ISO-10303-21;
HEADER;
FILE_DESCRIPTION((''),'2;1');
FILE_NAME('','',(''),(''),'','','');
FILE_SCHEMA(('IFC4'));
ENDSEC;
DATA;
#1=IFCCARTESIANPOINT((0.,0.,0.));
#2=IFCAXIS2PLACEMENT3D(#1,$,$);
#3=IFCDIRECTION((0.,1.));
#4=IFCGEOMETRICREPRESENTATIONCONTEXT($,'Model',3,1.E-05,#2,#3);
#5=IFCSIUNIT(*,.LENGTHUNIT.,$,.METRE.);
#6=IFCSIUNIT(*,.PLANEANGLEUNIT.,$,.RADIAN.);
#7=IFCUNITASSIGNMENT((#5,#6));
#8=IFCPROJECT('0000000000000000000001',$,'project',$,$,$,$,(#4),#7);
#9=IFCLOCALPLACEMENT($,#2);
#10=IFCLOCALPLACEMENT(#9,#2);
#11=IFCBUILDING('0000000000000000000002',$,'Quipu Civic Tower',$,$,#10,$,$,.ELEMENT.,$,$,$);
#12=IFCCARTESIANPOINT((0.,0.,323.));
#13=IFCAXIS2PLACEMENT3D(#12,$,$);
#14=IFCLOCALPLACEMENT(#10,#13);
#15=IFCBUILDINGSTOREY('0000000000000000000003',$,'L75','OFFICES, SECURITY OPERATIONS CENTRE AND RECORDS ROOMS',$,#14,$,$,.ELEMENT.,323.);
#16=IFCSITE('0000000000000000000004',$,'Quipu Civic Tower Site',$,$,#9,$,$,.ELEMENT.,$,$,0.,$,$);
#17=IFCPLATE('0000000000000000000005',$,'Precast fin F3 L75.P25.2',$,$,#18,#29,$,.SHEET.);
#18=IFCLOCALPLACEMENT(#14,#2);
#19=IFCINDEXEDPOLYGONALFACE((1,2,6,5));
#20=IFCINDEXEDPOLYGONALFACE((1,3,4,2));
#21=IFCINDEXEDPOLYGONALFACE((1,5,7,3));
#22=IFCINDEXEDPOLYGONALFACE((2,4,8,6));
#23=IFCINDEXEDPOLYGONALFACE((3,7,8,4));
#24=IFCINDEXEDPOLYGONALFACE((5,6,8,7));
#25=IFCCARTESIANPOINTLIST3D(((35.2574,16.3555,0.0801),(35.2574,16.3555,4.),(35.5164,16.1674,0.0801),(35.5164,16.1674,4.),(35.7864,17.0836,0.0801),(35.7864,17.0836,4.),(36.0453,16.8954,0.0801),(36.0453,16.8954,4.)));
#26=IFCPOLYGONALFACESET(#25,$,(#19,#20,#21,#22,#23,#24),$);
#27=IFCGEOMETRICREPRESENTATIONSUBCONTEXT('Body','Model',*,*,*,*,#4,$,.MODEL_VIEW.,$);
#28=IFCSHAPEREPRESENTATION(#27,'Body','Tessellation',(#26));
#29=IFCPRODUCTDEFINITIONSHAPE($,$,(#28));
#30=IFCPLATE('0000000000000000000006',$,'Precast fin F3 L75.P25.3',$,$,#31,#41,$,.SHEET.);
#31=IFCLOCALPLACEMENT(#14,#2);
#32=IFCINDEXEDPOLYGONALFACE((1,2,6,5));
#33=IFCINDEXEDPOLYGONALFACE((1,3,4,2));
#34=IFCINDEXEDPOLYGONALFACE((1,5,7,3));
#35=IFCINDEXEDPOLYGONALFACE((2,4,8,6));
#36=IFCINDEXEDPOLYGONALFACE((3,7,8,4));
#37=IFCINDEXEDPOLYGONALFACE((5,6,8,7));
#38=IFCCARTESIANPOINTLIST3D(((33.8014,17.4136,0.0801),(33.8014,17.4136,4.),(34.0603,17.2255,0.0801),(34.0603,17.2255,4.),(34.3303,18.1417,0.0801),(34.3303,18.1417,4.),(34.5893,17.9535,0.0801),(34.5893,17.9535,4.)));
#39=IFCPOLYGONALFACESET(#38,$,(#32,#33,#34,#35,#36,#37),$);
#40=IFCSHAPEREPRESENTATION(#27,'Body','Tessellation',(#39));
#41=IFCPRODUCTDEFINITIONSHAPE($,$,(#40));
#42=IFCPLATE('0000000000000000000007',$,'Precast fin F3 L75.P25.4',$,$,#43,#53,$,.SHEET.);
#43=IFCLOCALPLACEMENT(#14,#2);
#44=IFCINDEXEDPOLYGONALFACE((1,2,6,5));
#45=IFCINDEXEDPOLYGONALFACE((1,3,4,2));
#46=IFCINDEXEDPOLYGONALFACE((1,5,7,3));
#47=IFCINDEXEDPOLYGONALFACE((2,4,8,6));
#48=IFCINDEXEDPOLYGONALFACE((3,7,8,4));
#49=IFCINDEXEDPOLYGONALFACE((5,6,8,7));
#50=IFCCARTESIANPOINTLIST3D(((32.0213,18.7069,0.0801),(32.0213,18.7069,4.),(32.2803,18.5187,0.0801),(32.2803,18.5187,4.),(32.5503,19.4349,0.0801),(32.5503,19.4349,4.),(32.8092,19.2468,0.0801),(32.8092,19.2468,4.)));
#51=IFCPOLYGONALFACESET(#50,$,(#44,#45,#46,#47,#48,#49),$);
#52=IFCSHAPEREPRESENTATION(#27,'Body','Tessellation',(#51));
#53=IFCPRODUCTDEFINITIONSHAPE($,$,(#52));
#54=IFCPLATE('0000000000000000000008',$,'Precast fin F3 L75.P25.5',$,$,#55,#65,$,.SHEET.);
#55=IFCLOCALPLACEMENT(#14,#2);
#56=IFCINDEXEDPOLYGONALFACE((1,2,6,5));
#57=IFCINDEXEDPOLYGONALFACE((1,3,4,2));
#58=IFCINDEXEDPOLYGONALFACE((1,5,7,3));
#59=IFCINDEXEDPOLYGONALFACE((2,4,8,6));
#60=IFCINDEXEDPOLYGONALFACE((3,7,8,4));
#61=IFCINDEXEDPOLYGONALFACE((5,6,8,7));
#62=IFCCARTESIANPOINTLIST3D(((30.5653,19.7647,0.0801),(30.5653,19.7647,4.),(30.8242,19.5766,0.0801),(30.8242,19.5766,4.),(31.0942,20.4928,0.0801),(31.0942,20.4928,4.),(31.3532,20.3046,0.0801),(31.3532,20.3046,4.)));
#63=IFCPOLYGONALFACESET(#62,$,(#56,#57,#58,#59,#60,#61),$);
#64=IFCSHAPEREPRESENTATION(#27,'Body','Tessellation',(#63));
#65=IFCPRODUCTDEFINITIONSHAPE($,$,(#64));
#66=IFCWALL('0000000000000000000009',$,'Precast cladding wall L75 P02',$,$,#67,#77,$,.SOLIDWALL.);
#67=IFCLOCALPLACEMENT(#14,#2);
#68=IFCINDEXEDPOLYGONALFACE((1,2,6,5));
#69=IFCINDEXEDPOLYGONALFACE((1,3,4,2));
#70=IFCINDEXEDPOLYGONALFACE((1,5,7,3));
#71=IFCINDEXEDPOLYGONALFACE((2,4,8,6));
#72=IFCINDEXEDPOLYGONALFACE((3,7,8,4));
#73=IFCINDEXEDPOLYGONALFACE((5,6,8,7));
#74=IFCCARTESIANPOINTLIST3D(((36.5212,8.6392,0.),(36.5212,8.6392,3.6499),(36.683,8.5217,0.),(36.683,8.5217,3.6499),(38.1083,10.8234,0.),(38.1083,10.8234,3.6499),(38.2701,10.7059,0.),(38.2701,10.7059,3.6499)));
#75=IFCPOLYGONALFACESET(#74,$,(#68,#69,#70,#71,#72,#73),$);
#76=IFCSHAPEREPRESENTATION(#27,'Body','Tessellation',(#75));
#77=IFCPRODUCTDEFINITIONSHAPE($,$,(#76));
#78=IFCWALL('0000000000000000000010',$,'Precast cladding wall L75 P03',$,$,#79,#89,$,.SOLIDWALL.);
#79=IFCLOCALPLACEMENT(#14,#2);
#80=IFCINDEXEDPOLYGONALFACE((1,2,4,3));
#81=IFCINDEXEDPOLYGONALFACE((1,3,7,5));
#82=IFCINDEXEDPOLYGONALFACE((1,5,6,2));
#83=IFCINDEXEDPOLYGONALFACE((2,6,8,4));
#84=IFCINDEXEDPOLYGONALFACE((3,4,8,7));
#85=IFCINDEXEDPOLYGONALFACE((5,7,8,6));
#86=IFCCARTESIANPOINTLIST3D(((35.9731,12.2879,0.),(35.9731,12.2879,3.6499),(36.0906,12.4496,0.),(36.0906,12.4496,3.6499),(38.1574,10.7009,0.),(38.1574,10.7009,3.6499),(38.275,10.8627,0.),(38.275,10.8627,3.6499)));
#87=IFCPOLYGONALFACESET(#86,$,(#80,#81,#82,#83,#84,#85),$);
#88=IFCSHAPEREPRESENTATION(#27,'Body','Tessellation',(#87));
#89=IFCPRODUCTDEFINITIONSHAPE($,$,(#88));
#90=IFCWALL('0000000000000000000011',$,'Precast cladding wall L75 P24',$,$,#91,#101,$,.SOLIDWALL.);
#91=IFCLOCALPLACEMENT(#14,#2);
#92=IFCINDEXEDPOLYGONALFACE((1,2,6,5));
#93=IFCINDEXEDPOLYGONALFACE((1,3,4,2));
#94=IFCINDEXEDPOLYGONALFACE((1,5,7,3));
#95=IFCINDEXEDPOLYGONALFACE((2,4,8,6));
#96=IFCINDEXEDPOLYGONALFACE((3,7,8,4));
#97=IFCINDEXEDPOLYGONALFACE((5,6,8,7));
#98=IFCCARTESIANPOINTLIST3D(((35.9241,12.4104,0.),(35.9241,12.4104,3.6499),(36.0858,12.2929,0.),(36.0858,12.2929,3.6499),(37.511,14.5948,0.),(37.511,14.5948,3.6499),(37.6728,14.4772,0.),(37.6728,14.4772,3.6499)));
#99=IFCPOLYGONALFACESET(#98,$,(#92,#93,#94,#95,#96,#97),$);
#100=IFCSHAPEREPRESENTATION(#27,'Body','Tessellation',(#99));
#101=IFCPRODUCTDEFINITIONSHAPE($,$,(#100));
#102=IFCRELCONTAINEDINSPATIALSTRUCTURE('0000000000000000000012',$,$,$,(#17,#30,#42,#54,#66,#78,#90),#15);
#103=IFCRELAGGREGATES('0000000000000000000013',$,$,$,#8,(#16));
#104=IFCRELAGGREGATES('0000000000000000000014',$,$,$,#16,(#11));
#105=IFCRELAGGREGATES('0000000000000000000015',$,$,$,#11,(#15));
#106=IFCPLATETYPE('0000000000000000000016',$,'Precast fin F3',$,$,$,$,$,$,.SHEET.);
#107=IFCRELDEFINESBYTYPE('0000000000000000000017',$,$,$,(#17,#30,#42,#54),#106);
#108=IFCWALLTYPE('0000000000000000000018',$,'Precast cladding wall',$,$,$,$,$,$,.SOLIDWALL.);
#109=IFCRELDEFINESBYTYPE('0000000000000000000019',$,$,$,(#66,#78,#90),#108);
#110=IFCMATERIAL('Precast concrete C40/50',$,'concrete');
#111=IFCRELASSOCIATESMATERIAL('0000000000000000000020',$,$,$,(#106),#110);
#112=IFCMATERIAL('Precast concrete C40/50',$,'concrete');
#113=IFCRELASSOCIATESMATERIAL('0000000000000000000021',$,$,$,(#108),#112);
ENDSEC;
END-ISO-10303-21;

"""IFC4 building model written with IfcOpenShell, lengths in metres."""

from ifc_helpers import new_model, si_unit, direction, frame, frame_2d, origin, origin_2d, place, context, subcontext, project, spatial, rectangle, extrude, material, type_object, element, save


model = new_model("IFC4")

# Units and contexts
model_context = context("Model", 3, precision=1e-05, world=origin(), true_north=direction((0.0, 1.0)))
body_context = subcontext(model_context, "Body", "Model", "MODEL_VIEW")
ifc_project = project(units=[si_unit("LENGTHUNIT", "METRE"), si_unit("PLANEANGLEUNIT", "RADIAN")], contexts=[model_context])

# Site, building, storey
site_placement = place(None, origin())
site = spatial("IfcSite", under=ifc_project, at=site_placement, Name="Quipu Civic Tower Site", CompositionType="ELEMENT", RefElevation=0.0)
building_placement = place(site_placement, origin())
building = spatial("IfcBuilding", under=site, at=building_placement, Name="Quipu Civic Tower", CompositionType="ELEMENT")
storey_placement = place(building_placement, frame((0.0, 0.0, 323.0)))
storey = spatial("IfcBuildingStorey", under=building, at=storey_placement, Name="L75", Description="OFFICES, SECURITY OPERATIONS CENTRE AND RECORDS ROOMS", CompositionType="ELEMENT", Elevation=323.0)

# Plates
ifc_material_1 = material(Name="Precast concrete C40/50", Category="concrete")
plate_type_1 = type_object("IfcPlateType", Name="Precast fin F3", PredefinedType="SHEET", material=ifc_material_1)
for number, where, z_axis, x_axis, name in (
    (1, (35.6514, 16.6255, 0.0801), (0.0, 0.0, 1.0), (-0.809017, 0.587785, 0.0), "Precast fin F3 L75.P25.2"),
    (2, (34.1953, 17.6836, 0.0801), (0.0, 0.0, 1.0), (-0.809017, 0.587785, 0.0), "Precast fin F3 L75.P25.3"),
    (3, (32.4153, 18.9768, 0.0801), (0.0, 0.0, 1.0), (-0.809017, 0.587785, 0.0), "Precast fin F3 L75.P25.4"),
    (4, (30.9592, 20.0347, 0.0801), (0.0, 0.0, 1.0), (-0.809017, 0.587785, 0.0), "Precast fin F3 L75.P25.5"),
):
    element("IfcPlate", number, at=place(storey_placement, frame(where, z_axis=z_axis, x_axis=x_axis)), inside=storey, type_object=plate_type_1, Name=name, PredefinedType="SHEET", context=body_context, shape_type="SweptSolid", body=[
        extrude(rectangle(XDim=0.3201, YDim=0.8999, at=origin_2d()), origin(), (0.0, 0.0, 1.0), 3.9199),
    ])

# Walls
ifc_material_2 = material(Name="Precast concrete C40/50", Category="concrete")
wall_type = type_object("IfcWallType", Name="Precast cladding wall", PredefinedType="SOLIDWALL", material=ifc_material_2)
for number, where, z_axis, x_axis, name in (
    (5, (36.6021, 8.5803, 0.0), (0.0, 0.0, 1.0), (0.587822, 0.80899, 0.0), "Precast cladding wall L75 P02"),
    (6, (38.2163, 10.7817, 0.0), (0.0, 0.0, 1.0), (-0.809033, 0.587763, 0.0), "Precast cladding wall L75 P03"),
    (7, (36.0049, 12.3516, 0.0), (0.0, 0.0, 1.0), (0.587763, 0.809033, 0.0), "Precast cladding wall L75 P24"),
):
    element("IfcWall", number, at=place(storey_placement, frame(where, z_axis=z_axis, x_axis=x_axis)), inside=storey, type_object=wall_type, Name=name, PredefinedType="SOLIDWALL", context=body_context, shape_type="SweptSolid", body=[
        extrude(rectangle(XDim=2.7, YDim=0.2, at=frame_2d((1.3501, 0.0))), origin(), (0.0, 0.0, 1.0), 3.6499),
    ])

save(model, "model.ifc")
